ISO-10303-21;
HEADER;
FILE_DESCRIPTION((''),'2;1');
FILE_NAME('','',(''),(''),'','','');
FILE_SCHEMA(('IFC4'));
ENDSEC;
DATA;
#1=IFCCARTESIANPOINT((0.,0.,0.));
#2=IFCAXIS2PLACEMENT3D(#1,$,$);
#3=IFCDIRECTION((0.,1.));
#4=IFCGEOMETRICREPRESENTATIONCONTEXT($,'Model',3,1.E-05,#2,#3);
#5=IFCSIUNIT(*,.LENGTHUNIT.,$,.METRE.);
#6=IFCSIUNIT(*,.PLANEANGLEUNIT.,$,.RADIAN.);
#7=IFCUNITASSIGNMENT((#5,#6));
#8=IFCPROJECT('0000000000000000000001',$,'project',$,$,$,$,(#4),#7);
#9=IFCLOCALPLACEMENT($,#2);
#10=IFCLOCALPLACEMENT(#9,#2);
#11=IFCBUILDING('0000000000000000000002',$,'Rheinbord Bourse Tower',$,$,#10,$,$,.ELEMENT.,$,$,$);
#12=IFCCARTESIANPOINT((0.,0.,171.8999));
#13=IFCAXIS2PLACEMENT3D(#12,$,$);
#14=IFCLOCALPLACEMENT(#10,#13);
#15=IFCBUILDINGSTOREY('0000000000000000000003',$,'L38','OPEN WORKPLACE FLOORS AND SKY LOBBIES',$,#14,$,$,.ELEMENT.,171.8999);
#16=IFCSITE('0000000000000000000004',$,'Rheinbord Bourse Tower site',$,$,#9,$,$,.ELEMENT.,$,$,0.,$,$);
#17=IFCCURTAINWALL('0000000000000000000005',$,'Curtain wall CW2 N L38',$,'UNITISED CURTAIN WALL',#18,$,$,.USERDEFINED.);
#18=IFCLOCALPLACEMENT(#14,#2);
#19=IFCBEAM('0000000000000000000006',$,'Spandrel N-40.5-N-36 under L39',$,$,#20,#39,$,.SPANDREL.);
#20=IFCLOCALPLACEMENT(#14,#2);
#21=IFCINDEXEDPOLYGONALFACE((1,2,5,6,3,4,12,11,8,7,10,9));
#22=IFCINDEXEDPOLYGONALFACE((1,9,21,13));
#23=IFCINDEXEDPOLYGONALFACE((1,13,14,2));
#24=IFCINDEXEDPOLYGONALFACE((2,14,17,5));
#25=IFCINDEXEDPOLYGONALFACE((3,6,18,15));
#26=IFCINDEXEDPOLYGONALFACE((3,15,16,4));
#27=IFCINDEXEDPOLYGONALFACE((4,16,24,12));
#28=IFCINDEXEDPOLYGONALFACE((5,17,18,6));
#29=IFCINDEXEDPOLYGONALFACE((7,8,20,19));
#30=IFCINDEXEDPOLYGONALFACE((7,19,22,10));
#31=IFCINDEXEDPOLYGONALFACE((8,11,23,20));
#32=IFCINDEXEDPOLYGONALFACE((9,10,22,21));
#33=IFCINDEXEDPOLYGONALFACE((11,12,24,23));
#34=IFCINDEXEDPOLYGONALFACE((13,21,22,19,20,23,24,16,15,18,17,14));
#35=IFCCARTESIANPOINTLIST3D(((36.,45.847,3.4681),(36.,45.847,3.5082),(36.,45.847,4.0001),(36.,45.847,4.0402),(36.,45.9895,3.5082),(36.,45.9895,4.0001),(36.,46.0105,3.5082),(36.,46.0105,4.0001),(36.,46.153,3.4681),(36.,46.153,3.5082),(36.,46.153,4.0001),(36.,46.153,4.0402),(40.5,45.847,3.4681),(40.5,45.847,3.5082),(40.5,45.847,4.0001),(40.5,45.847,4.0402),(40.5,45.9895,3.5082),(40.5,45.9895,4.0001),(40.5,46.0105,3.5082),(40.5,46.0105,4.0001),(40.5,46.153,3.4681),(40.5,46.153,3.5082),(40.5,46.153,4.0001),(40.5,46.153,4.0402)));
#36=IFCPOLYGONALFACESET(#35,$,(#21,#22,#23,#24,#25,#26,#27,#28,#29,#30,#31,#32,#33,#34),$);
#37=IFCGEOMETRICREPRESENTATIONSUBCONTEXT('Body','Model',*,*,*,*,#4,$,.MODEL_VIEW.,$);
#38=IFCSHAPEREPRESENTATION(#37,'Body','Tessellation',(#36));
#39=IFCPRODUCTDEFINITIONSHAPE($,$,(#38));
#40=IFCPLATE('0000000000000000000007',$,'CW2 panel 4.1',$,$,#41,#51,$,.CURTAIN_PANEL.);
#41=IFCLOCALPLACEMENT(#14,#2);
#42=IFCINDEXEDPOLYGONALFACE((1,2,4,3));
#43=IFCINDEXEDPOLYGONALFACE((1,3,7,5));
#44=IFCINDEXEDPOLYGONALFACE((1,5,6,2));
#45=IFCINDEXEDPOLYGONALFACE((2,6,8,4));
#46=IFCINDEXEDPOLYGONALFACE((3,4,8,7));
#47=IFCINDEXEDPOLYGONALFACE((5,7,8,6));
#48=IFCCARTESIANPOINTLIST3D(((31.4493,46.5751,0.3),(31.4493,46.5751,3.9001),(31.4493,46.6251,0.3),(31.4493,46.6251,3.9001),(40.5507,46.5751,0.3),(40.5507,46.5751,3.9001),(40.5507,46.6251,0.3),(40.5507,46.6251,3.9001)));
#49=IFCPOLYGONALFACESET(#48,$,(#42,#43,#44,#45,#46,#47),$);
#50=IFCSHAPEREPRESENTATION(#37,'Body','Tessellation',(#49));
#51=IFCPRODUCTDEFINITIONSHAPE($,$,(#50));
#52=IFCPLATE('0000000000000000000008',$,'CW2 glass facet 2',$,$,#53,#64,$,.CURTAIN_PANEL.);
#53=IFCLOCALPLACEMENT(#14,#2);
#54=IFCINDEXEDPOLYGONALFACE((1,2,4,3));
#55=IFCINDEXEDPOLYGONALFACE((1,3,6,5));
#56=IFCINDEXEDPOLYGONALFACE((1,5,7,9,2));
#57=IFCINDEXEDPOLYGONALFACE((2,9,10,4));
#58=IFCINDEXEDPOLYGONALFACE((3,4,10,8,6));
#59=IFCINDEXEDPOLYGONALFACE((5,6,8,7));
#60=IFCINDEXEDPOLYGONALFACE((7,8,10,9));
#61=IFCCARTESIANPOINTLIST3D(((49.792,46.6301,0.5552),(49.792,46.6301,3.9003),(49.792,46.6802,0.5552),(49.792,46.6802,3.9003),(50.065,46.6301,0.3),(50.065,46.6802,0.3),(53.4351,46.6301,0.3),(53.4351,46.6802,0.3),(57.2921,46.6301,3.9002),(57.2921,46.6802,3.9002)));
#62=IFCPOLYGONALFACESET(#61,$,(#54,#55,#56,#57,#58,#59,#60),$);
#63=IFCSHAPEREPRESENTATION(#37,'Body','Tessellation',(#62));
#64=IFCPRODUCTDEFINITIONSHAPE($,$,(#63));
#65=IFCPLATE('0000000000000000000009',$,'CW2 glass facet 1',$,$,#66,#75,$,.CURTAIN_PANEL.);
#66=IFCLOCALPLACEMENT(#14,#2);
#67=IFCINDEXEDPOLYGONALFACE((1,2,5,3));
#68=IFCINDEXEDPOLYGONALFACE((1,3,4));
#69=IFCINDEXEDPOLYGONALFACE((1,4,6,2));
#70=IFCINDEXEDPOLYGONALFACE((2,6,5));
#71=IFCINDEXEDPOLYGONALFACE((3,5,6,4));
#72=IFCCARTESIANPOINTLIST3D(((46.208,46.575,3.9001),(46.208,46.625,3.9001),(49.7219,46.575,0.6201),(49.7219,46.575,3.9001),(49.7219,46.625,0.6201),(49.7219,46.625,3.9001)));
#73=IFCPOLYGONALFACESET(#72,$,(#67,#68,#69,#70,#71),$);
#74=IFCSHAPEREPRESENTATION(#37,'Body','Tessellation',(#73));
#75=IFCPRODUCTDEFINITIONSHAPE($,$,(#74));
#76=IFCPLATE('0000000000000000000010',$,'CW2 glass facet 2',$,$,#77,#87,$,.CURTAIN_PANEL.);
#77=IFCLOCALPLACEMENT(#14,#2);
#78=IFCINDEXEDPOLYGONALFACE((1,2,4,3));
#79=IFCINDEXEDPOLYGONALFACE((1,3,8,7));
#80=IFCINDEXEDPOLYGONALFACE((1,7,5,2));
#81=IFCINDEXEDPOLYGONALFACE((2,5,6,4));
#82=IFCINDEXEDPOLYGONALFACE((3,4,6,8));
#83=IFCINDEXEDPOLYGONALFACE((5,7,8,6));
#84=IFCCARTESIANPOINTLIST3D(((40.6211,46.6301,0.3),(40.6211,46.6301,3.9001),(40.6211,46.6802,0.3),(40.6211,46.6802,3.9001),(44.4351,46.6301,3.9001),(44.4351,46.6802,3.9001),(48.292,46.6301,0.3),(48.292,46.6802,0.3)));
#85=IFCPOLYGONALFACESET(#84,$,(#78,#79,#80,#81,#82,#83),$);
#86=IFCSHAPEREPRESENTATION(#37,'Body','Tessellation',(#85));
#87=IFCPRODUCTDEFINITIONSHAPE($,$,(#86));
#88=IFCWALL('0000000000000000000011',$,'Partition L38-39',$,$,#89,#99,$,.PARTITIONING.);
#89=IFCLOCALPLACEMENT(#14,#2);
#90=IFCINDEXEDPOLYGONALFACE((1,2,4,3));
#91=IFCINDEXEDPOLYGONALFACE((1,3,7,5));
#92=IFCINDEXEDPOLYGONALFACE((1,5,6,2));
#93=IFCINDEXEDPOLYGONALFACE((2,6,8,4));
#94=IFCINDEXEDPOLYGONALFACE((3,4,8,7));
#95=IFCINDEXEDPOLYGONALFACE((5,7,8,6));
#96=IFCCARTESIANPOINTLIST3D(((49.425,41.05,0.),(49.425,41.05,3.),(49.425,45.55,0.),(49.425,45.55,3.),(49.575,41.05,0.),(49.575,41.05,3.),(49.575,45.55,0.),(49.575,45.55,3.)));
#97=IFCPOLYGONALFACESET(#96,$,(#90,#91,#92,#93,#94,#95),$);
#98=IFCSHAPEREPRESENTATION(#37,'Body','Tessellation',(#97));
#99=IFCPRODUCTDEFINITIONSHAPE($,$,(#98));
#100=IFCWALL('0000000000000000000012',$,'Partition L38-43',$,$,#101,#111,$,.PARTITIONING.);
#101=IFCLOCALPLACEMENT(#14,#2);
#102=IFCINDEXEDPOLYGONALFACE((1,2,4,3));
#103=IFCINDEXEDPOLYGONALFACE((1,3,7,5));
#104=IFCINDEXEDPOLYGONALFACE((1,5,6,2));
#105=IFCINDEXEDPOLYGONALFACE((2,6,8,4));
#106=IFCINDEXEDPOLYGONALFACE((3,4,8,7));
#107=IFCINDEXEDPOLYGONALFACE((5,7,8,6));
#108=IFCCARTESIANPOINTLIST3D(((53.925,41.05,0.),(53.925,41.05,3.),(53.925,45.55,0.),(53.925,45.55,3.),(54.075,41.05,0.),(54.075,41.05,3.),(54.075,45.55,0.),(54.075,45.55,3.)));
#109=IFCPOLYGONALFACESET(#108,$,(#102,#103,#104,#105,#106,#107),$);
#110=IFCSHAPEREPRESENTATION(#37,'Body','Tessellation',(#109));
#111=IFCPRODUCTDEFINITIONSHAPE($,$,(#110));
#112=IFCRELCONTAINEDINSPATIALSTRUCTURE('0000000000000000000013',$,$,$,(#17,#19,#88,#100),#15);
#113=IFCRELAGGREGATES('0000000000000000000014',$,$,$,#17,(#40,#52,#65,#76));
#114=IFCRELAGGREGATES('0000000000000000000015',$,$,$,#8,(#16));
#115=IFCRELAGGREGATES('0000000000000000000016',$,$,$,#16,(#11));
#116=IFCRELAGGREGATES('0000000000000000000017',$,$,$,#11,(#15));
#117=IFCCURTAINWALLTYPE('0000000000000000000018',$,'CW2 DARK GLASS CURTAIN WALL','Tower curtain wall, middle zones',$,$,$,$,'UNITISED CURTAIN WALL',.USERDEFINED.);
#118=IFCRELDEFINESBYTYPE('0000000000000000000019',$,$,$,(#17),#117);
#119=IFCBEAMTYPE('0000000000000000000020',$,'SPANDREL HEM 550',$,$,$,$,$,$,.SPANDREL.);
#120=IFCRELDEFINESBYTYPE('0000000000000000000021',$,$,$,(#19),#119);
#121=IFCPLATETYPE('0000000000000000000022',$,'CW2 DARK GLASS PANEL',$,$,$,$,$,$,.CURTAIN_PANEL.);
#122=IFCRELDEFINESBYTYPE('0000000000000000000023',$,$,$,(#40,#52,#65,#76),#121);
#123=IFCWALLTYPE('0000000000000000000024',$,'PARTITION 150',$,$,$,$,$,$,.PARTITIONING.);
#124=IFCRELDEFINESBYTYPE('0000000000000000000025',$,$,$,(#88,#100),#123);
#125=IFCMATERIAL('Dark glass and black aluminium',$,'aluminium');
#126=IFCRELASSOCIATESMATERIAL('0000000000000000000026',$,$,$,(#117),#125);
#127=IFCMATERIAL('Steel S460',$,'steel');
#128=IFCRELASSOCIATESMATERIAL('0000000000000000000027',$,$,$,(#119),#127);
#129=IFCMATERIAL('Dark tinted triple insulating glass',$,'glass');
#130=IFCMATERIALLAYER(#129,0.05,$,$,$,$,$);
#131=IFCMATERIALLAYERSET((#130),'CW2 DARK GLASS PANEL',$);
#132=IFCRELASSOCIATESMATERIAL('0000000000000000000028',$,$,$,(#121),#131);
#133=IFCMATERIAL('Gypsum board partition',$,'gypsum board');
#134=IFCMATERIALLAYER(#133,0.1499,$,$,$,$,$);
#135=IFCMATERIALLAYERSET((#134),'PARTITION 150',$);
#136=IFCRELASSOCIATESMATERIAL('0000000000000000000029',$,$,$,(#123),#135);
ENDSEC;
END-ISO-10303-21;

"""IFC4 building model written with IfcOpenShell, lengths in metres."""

from ifc_helpers import new_model, si_unit, direction, frame, frame_2d, origin, origin_2d, place, context, subcontext, project, spatial, polyline, rectangle, i_section, outline, extrude, material, layer, layer_set, material_profile, profile_set, type_object, element, aggregate, save


model = new_model("IFC4")

# Units and contexts
model_context = context("Model", 3, precision=1e-05, world=origin(), true_north=direction((0.0, 1.0)))
body_context = subcontext(model_context, "Body", "Model", "MODEL_VIEW")
ifc_project = project(units=[si_unit("LENGTHUNIT", "METRE"), si_unit("PLANEANGLEUNIT", "RADIAN")], contexts=[model_context])

# Site, building, storey
site_placement = place(None, origin())
site = spatial("IfcSite", under=ifc_project, at=site_placement, Name="Rheinbord Bourse Tower site", CompositionType="ELEMENT", RefElevation=0.0)
building_placement = place(site_placement, origin())
building = spatial("IfcBuilding", under=site, at=building_placement, Name="Rheinbord Bourse Tower", CompositionType="ELEMENT")
storey_placement = place(building_placement, frame((0.0, 0.0, 171.8999)))
storey = spatial("IfcBuildingStorey", under=building, at=storey_placement, Name="L38", Description="OPEN WORKPLACE FLOORS AND SKY LOBBIES", CompositionType="ELEMENT", Elevation=171.8999)

# Curtain wall
ifc_material_1 = material(Name="Dark glass and black aluminium", Category="aluminium")
curtain_wall_type = type_object("IfcCurtainWallType", Name="CW2 DARK GLASS CURTAIN WALL", Description="Tower curtain wall, middle zones", ElementType="UNITISED CURTAIN WALL", PredefinedType="USERDEFINED", material=ifc_material_1)
curtain_wall_placement = place(storey_placement, origin())
curtain_wall = element("IfcCurtainWall", 1, at=curtain_wall_placement, inside=storey, type_object=curtain_wall_type, Name="Curtain wall CW2 N L38", ObjectType="UNITISED CURTAIN WALL", PredefinedType="USERDEFINED")

# Beam
ifc_material_2 = material(Name="Steel S460", Category="steel")
ifc_material_profile_1 = material_profile(ifc_material_2, i_section(OverallWidth=0.3059, OverallDepth=0.572, WebThickness=0.021, FlangeThickness=0.04, at=origin_2d()), Name="HEM 550")
ifc_profile_set_1 = profile_set([ifc_material_profile_1], Name="Steel S460")
beam_type_1 = type_object("IfcBeamType", Name="SPANDREL HEM 550", PredefinedType="SPANDREL", material=ifc_profile_set_1)
for number, where, z_axis, x_axis, name in (
    (2, (40.5, 46.0, 3.7542), (-1.0, 0.0, 0.0), (0.0, -1.0, 0.0), "Spandrel N-40.5-N-36 under L39"),
):
    element("IfcBeam", number, at=place(storey_placement, frame(where, z_axis=z_axis, x_axis=x_axis)), inside=storey, type_object=beam_type_1, Name=name, PredefinedType="SPANDREL", context=body_context, shape_type="SweptSolid", body=[
        extrude(i_section(OverallWidth=0.3059, OverallDepth=0.572, WebThickness=0.021, FlangeThickness=0.04, at=origin_2d()), origin(), (0.0, 0.0, 1.0), 4.5),
    ])

# Plates
ifc_material_3 = material(Name="Dark tinted triple insulating glass", Category="glass")
ifc_layer_1 = layer(ifc_material_3, 0.05)
ifc_layer_set_1 = layer_set([ifc_layer_1], Name="CW2 DARK GLASS PANEL")
plate_type = type_object("IfcPlateType", Name="CW2 DARK GLASS PANEL", PredefinedType="CURTAIN_PANEL", material=ifc_layer_set_1)
plate_1_placement = place(storey_placement, frame((36.0, 46.6001, 0.3), z_axis=(0.0, 0.0, 1.0), x_axis=(-1.0, 0.0, 0.0)))
plate_1 = element("IfcPlate", 3, at=plate_1_placement, type_object=plate_type, Name="CW2 panel 4.1", PredefinedType="CURTAIN_PANEL", context=body_context, shape_type="SweptSolid", body=[
    extrude(rectangle(XDim=9.1013, YDim=0.05, at=origin_2d()), origin(), (0.0, 0.0, 1.0), 3.6001),
])
plate_2_placement = place(storey_placement, frame((53.4351, 46.6802, 0.3), z_axis=(0.0, -1.0, 0.0), x_axis=(0.731028, 0.0, 0.682348)))
plate_2 = element("IfcPlate", 4, at=plate_2_placement, type_object=plate_type, Name="CW2 glass facet 2", PredefinedType="CURTAIN_PANEL", context=body_context, shape_type="SweptSolid", body=[
    extrude(outline(polyline([(0.0, 0.0), (5.2761, 0.0), (-0.2065, 5.1177), (-2.489, 2.6724), (-2.4636, 2.2996), (0.0, 0.0)])), origin(), (0.0, 0.0, 1.0), 0.05),
])
plate_3_placement = place(storey_placement, frame((49.7219, 46.625, 3.9001), z_axis=(0.0, -1.0, 0.0), x_axis=(-1.0, 0.0, 0.0)))
plate_3 = element("IfcPlate", 5, at=plate_3_placement, type_object=plate_type, Name="CW2 glass facet 1", PredefinedType="CURTAIN_PANEL", context=body_context, shape_type="SweptSolid", body=[
    extrude(outline(polyline([(0.0, 0.0), (3.5139, 0.0), (0.0, 3.28), (0.0, 0.0)])), origin(), (0.0, 0.0, 1.0), 0.05),
])
plate_4_placement = place(storey_placement, frame((40.6211, 46.6802, 3.9001), z_axis=(0.0, -1.0, 0.0), x_axis=(0.0, 0.0, -1.0)))
plate_4 = element("IfcPlate", 6, at=plate_4_placement, type_object=plate_type, Name="CW2 glass facet 2", PredefinedType="CURTAIN_PANEL", context=body_context, shape_type="SweptSolid", body=[
    extrude(outline(polyline([(0.0, 0.0), (3.6001, 0.0), (3.6001, 7.6709), (0.0, 3.814), (0.0, 0.0)])), origin(), (0.0, 0.0, 1.0), 0.05),
])
aggregate(curtain_wall, [plate_1, plate_2, plate_3, plate_4])

# Walls
ifc_material_4 = material(Name="Gypsum board partition", Category="gypsum board")
ifc_layer_2 = layer(ifc_material_4, 0.1499)
ifc_layer_set_2 = layer_set([ifc_layer_2], Name="PARTITION 150")
wall_type = type_object("IfcWallType", Name="PARTITION 150", PredefinedType="PARTITIONING", material=ifc_layer_set_2)
for number, where, z_axis, x_axis, name in (
    (7, (49.5, 41.05, 0.0), (0.0, 0.0, 1.0), (0.0, 1.0, 0.0), "Partition L38-39"),
    (8, (54.0, 41.05, 0.0), (0.0, 0.0, 1.0), (0.0, 1.0, 0.0), "Partition L38-43"),
):
    element("IfcWall", number, at=place(storey_placement, frame(where, z_axis=z_axis, x_axis=x_axis)), inside=storey, type_object=wall_type, Name=name, PredefinedType="PARTITIONING", context=body_context, shape_type="SweptSolid", body=[
        extrude(rectangle(XDim=4.5, YDim=0.1499, at=frame_2d((2.25, 0.0))), origin(), (0.0, 0.0, 1.0), 3.0),
    ])

save(model, "model.ifc")
